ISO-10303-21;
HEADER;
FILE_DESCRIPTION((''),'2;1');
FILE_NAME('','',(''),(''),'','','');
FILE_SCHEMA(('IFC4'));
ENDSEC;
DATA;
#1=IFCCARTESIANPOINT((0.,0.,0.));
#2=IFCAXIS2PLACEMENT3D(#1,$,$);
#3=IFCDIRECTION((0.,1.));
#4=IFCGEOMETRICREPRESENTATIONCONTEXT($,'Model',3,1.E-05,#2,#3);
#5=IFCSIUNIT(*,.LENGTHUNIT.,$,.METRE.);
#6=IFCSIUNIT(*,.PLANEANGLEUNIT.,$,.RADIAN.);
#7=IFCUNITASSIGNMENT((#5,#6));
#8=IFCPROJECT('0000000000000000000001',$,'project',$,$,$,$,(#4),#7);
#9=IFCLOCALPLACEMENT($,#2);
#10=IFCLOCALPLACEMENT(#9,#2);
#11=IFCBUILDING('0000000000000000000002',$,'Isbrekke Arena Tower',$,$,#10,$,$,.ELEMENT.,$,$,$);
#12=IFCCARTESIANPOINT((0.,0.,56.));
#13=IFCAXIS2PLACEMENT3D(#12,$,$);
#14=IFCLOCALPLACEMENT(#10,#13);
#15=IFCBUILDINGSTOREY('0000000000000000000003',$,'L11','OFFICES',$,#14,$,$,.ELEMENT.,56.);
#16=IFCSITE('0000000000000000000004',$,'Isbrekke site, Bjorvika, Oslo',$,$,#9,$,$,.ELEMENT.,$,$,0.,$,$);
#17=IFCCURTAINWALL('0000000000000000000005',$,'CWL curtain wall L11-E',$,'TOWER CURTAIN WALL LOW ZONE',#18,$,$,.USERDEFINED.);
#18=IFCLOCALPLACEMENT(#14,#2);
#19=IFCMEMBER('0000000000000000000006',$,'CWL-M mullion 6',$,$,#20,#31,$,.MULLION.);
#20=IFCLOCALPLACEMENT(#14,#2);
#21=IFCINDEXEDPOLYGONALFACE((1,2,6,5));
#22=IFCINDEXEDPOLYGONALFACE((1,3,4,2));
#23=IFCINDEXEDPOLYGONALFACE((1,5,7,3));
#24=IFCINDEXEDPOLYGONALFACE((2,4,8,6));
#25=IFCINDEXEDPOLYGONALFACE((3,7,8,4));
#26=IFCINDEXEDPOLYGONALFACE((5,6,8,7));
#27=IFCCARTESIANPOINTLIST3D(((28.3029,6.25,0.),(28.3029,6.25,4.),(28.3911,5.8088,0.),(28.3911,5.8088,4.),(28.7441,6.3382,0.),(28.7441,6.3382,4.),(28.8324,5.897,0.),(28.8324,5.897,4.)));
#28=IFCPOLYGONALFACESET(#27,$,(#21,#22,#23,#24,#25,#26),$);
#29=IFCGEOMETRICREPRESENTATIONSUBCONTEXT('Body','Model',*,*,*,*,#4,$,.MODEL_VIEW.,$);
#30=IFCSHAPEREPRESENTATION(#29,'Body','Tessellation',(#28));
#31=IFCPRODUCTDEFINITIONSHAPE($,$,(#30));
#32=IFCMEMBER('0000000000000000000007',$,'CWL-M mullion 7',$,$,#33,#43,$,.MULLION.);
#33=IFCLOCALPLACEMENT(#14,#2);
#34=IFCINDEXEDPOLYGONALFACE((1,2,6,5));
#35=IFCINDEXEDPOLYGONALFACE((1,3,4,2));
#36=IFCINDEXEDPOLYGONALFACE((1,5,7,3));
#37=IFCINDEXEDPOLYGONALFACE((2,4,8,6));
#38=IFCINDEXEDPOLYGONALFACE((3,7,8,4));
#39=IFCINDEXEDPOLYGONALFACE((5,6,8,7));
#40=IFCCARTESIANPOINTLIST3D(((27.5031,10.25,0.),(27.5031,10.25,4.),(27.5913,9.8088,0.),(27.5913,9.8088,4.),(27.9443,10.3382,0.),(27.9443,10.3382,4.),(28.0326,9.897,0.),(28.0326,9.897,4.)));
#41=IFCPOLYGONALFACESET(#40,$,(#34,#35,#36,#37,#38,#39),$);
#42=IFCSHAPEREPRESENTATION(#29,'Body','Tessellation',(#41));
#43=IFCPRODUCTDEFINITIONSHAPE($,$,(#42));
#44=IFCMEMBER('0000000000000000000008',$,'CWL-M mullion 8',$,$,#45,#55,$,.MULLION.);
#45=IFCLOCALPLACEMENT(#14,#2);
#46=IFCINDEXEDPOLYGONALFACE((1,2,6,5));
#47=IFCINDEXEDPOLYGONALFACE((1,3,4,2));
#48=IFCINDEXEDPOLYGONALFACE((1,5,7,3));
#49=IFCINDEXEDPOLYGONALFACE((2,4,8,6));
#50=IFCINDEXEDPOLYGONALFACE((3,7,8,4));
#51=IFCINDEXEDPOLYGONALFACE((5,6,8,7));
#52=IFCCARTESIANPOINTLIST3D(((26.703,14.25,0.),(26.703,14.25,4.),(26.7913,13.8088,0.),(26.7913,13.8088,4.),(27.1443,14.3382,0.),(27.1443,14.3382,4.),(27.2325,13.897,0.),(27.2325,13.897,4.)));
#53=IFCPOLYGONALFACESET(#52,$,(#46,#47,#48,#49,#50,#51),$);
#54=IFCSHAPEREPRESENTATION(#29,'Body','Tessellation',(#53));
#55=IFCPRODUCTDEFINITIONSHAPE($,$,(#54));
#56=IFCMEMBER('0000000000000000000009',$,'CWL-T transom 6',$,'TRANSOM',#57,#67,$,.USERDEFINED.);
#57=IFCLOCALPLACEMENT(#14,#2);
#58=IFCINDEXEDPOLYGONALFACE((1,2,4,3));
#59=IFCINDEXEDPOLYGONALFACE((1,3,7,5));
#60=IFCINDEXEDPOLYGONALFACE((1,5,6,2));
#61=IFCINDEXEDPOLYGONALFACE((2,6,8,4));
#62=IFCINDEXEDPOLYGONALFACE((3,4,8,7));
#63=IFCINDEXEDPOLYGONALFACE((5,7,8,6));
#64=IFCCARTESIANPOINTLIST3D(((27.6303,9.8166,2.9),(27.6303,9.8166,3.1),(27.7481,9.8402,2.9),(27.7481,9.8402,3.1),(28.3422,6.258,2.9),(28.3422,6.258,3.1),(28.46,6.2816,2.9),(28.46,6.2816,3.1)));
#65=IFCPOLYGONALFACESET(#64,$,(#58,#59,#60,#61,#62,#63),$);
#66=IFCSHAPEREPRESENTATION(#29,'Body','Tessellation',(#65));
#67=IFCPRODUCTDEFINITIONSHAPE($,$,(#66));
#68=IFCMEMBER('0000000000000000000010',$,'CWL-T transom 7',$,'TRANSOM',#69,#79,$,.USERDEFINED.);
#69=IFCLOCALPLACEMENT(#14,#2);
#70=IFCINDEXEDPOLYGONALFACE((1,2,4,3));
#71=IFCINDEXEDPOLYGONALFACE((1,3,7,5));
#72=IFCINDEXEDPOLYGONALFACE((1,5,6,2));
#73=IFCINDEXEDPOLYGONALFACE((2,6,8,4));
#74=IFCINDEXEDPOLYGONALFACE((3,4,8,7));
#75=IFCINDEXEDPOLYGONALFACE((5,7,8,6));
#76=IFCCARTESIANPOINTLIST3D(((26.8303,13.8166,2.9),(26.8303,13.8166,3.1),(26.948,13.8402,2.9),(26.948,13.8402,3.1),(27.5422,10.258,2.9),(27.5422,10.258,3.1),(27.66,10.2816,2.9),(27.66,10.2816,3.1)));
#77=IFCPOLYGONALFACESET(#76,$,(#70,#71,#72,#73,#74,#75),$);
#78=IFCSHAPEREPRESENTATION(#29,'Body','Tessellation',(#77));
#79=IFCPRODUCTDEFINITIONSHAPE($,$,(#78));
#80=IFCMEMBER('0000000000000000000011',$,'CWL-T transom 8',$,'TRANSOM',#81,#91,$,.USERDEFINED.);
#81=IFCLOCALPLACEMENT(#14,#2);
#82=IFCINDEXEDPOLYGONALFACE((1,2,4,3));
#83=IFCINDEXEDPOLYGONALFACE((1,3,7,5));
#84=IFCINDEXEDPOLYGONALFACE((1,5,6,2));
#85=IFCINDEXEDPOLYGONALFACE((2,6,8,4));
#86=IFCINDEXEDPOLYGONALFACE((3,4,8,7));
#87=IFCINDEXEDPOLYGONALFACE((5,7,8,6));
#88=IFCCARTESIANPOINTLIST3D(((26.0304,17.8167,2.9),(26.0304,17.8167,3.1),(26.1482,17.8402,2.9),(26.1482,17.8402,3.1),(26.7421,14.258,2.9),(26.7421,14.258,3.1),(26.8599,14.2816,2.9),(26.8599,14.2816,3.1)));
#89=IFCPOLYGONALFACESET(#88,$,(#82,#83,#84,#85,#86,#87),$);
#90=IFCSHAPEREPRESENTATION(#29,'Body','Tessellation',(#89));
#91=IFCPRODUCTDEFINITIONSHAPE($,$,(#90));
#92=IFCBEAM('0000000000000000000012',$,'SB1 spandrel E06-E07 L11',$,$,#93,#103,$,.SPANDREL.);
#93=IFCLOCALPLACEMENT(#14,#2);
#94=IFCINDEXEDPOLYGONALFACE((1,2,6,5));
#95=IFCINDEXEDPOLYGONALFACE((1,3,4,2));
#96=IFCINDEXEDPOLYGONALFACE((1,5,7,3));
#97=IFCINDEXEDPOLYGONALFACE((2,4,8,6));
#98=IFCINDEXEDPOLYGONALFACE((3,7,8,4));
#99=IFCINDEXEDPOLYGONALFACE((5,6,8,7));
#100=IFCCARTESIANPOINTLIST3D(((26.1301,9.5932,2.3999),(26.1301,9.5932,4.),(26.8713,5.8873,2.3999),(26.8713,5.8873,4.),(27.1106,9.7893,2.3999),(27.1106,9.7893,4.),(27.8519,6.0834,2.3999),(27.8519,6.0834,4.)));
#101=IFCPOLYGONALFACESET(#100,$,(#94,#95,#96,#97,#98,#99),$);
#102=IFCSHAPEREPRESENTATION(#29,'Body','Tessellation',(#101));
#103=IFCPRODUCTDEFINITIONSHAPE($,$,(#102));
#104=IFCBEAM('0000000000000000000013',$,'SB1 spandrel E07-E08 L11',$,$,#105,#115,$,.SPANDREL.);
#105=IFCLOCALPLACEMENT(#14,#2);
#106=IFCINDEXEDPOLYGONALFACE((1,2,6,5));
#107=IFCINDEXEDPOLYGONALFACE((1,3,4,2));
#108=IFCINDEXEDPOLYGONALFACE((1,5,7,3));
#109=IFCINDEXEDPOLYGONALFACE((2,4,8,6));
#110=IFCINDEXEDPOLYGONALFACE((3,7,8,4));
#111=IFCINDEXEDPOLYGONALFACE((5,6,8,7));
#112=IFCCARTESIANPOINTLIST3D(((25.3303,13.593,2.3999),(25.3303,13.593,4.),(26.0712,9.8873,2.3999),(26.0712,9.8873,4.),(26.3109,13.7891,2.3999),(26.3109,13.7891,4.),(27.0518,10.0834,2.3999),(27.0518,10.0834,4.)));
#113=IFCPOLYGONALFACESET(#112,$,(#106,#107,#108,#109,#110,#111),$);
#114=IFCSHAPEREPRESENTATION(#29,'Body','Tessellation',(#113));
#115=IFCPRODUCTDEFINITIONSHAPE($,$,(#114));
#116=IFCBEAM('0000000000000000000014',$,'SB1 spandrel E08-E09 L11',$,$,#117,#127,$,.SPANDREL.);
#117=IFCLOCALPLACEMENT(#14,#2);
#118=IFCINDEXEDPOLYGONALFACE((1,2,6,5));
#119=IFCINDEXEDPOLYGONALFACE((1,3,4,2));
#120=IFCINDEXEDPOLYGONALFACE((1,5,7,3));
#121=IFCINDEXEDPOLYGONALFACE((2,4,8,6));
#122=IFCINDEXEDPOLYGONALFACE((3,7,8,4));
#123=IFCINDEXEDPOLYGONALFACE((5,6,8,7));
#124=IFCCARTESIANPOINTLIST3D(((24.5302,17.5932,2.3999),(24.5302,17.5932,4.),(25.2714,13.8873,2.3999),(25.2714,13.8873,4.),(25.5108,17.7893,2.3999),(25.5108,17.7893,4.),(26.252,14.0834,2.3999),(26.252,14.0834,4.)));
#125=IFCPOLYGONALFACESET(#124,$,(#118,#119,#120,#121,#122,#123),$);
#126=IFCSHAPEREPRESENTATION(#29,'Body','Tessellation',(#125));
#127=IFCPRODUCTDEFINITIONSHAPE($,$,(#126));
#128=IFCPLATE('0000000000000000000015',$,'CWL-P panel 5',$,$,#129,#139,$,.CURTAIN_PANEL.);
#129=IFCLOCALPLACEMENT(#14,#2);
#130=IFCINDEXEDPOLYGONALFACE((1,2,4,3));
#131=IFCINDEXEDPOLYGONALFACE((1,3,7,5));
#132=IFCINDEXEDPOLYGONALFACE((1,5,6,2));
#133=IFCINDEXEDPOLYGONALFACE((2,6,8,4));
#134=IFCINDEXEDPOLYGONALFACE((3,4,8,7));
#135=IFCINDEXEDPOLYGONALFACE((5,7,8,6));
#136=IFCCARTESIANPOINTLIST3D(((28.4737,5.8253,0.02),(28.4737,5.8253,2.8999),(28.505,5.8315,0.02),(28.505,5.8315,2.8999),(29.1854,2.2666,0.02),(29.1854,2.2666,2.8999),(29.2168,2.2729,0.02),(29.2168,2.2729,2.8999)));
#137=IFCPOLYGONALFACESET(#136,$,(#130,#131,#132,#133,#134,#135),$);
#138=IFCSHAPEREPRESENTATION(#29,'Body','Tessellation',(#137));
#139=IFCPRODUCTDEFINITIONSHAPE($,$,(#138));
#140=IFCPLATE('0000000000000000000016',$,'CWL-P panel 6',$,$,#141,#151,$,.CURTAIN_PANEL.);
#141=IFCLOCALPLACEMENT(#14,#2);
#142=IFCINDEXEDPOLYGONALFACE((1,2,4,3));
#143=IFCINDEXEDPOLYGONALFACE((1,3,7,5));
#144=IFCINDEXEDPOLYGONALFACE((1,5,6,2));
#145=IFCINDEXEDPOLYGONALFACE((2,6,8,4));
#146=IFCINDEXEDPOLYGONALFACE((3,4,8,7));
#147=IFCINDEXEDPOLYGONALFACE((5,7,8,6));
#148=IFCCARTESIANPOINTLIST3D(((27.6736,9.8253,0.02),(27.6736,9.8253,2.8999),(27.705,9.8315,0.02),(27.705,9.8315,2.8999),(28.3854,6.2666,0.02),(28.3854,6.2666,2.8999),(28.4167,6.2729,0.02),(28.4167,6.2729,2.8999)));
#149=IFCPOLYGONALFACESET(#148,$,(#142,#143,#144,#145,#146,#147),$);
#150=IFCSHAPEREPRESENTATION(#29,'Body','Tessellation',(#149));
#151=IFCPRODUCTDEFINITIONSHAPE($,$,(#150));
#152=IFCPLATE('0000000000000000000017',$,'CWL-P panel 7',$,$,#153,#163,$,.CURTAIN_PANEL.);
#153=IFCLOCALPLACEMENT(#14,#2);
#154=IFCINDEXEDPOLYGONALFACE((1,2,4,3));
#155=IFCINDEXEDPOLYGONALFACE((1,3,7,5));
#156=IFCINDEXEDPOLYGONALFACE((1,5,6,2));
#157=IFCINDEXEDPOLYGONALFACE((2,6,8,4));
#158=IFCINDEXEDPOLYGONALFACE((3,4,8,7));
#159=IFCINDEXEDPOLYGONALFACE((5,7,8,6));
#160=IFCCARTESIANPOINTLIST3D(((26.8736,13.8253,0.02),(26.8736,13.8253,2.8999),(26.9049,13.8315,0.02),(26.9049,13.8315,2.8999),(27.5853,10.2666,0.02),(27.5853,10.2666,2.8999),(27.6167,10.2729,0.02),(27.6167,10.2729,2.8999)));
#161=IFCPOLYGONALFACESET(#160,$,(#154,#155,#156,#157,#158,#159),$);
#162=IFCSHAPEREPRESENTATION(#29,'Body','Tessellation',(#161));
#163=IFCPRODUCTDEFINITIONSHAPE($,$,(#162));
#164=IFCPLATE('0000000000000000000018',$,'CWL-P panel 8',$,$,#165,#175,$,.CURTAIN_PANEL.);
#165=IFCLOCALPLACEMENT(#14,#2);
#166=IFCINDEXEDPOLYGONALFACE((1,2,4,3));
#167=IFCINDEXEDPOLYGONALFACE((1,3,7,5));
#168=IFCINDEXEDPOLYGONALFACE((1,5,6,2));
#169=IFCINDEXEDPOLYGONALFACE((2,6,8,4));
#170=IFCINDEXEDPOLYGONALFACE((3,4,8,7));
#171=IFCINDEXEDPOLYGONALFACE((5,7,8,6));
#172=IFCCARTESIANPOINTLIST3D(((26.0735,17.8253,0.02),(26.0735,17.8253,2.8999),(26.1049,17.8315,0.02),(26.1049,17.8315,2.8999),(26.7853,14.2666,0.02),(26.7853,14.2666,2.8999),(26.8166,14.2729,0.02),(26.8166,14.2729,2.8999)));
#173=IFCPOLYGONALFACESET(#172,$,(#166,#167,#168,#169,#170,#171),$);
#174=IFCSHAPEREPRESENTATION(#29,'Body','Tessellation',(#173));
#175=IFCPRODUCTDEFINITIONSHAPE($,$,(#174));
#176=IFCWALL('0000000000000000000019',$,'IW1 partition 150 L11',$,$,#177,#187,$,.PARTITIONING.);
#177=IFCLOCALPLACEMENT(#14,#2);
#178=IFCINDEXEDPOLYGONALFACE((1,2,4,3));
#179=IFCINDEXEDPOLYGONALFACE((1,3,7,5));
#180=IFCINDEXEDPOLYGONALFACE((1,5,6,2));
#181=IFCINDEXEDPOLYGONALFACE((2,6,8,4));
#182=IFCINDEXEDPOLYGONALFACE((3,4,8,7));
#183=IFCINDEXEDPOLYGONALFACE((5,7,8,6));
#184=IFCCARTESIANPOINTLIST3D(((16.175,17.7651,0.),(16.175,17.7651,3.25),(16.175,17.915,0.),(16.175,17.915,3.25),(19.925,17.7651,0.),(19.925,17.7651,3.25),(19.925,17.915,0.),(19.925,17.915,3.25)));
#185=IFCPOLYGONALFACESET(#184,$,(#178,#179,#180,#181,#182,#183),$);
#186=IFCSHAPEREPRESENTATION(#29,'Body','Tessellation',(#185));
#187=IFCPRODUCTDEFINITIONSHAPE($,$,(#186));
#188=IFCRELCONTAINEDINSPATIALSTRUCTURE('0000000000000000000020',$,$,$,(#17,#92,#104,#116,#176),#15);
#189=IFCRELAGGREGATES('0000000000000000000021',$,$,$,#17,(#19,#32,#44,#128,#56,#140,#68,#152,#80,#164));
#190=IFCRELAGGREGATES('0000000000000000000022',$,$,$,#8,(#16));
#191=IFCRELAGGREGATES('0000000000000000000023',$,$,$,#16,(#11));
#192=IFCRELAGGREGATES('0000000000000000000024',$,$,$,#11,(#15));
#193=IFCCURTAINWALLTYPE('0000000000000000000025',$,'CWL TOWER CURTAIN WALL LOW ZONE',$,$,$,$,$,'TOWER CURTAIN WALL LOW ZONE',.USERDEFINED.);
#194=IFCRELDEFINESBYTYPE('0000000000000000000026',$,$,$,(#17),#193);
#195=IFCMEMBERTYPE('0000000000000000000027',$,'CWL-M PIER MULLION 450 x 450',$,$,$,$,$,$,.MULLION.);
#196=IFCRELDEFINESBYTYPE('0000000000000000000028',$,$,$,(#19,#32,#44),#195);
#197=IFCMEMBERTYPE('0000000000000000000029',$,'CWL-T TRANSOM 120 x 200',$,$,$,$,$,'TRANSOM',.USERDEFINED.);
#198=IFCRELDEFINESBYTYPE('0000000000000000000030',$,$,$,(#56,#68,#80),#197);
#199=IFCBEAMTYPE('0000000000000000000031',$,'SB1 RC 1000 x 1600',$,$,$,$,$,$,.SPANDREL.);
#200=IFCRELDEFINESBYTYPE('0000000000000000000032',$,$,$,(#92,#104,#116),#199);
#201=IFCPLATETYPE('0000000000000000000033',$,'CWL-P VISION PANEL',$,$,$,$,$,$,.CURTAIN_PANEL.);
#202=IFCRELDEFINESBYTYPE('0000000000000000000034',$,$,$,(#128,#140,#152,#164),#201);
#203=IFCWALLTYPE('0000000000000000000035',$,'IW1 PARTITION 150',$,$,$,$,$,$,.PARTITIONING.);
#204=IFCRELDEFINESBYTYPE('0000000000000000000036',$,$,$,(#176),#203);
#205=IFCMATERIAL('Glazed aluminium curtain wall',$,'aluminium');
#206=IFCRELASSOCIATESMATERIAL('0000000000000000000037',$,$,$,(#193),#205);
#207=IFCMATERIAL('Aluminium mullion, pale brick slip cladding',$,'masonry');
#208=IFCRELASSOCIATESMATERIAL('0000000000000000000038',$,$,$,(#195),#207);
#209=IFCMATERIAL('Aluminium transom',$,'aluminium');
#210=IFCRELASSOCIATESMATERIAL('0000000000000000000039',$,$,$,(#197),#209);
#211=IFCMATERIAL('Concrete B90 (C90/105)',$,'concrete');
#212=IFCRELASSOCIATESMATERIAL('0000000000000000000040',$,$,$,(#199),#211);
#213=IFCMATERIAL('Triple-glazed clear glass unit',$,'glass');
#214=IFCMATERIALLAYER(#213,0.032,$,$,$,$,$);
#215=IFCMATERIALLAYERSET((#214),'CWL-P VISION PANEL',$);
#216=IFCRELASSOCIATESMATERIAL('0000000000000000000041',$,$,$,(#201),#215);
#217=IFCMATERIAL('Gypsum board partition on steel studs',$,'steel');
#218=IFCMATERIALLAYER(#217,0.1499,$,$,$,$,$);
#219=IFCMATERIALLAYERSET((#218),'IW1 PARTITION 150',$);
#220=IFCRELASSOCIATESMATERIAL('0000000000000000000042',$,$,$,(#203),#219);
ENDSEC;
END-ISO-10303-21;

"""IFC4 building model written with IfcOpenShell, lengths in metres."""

from ifc_helpers import new_model, si_unit, direction, frame, frame_2d, origin, origin_2d, place, context, subcontext, project, spatial, rectangle, extrude, material, layer, layer_set, material_profile, profile_set, type_object, element, aggregate, save


model = new_model("IFC4")

# Units and contexts
model_context = context("Model", 3, precision=1e-05, world=origin(), true_north=direction((0.0, 1.0)))
body_context = subcontext(model_context, "Body", "Model", "MODEL_VIEW")
ifc_project = project(units=[si_unit("LENGTHUNIT", "METRE"), si_unit("PLANEANGLEUNIT", "RADIAN")], contexts=[model_context])

# Site, building, storey
site_placement = place(None, origin())
site = spatial("IfcSite", under=ifc_project, at=site_placement, Name="Isbrekke site, Bjorvika, Oslo", CompositionType="ELEMENT", RefElevation=0.0)
building_placement = place(site_placement, origin())
building = spatial("IfcBuilding", under=site, at=building_placement, Name="Isbrekke Arena Tower", CompositionType="ELEMENT")
storey_placement = place(building_placement, frame((0.0, 0.0, 56.0)))
storey = spatial("IfcBuildingStorey", under=building, at=storey_placement, Name="L11", Description="OFFICES", CompositionType="ELEMENT", Elevation=56.0)

# Curtain wall, members
ifc_material_1 = material(Name="Glazed aluminium curtain wall", Category="aluminium")
curtain_wall_type = type_object("IfcCurtainWallType", Name="CWL TOWER CURTAIN WALL LOW ZONE", ElementType="TOWER CURTAIN WALL LOW ZONE", PredefinedType="USERDEFINED", material=ifc_material_1)
curtain_wall_placement = place(storey_placement, origin())
curtain_wall = element("IfcCurtainWall", 1, at=curtain_wall_placement, inside=storey, type_object=curtain_wall_type, Name="CWL curtain wall L11-E", ObjectType="TOWER CURTAIN WALL LOW ZONE", PredefinedType="USERDEFINED")
ifc_material_2 = material(Name="Aluminium mullion, pale brick slip cladding", Category="masonry")
ifc_material_profile_1 = material_profile(ifc_material_2, rectangle(XDim=0.45, YDim=0.45, at=origin_2d()), Name="PIER 450X450")
ifc_profile_set_1 = profile_set([ifc_material_profile_1], Name="Aluminium mullion, pale brick slip cladding")
member_type_1 = type_object("IfcMemberType", Name="CWL-M PIER MULLION 450 x 450", PredefinedType="MULLION", material=ifc_profile_set_1)
member_1_placement = place(storey_placement, frame((28.5676, 6.0735, 0.0), z_axis=(0.0, 0.0, 1.0), x_axis=(-0.196116, 0.980581, 0.0)))
member_1 = element("IfcMember", 2, at=member_1_placement, type_object=member_type_1, Name="CWL-M mullion 6", PredefinedType="MULLION", context=body_context, shape_type="SweptSolid", body=[
    extrude(rectangle(XDim=0.45, YDim=0.45, at=origin_2d()), origin(), (0.0, 0.0, 1.0), 4.0),
])
member_2_placement = place(storey_placement, frame((27.7678, 10.0735, 0.0), z_axis=(0.0, 0.0, 1.0), x_axis=(-0.196116, 0.980581, 0.0)))
member_2 = element("IfcMember", 3, at=member_2_placement, type_object=member_type_1, Name="CWL-M mullion 7", PredefinedType="MULLION", context=body_context, shape_type="SweptSolid", body=[
    extrude(rectangle(XDim=0.45, YDim=0.45, at=origin_2d()), origin(), (0.0, 0.0, 1.0), 4.0),
])
member_3_placement = place(storey_placement, frame((26.9678, 14.0735, 0.0), z_axis=(0.0, 0.0, 1.0), x_axis=(-0.196116, 0.980581, 0.0)))
member_3 = element("IfcMember", 4, at=member_3_placement, type_object=member_type_1, Name="CWL-M mullion 8", PredefinedType="MULLION", context=body_context, shape_type="SweptSolid", body=[
    extrude(rectangle(XDim=0.45, YDim=0.45, at=origin_2d()), origin(), (0.0, 0.0, 1.0), 4.0),
])
ifc_material_3 = material(Name="Aluminium transom", Category="aluminium")
ifc_material_profile_2 = material_profile(ifc_material_3, rectangle(XDim=0.1201, YDim=0.2, at=origin_2d()), Name="TRANSOM 120X200")
ifc_profile_set_2 = profile_set([ifc_material_profile_2], Name="Aluminium transom")
member_type_2 = type_object("IfcMemberType", Name="CWL-T TRANSOM 120 x 200", ElementType="TRANSOM", PredefinedType="USERDEFINED", material=ifc_profile_set_2)
member_4_placement = place(storey_placement, frame((28.4011, 6.2698, 3.0), z_axis=(-0.196168, 0.98057, 0.0), x_axis=(-0.98057, -0.196168, 0.0)))
member_4 = element("IfcMember", 5, at=member_4_placement, type_object=member_type_2, Name="CWL-T transom 6", ObjectType="TRANSOM", PredefinedType="USERDEFINED", context=body_context, shape_type="SweptSolid", body=[
    extrude(rectangle(XDim=0.1201, YDim=0.2, at=origin_2d()), origin(), (0.0, 0.0, 1.0), 3.6292),
])
member_5_placement = place(storey_placement, frame((27.6011, 10.2698, 3.0), z_axis=(-0.196168, 0.98057, 0.0), x_axis=(-0.98057, -0.196168, 0.0)))
member_5 = element("IfcMember", 6, at=member_5_placement, type_object=member_type_2, Name="CWL-T transom 7", ObjectType="TRANSOM", PredefinedType="USERDEFINED", context=body_context, shape_type="SweptSolid", body=[
    extrude(rectangle(XDim=0.1201, YDim=0.2, at=origin_2d()), origin(), (0.0, 0.0, 1.0), 3.6292),
])
member_6_placement = place(storey_placement, frame((26.801, 14.2698, 3.0), z_axis=(-0.196103, 0.980583, 0.0), x_axis=(-0.980583, -0.196103, 0.0)))
member_6 = element("IfcMember", 7, at=member_6_placement, type_object=member_type_2, Name="CWL-T transom 8", ObjectType="TRANSOM", PredefinedType="USERDEFINED", context=body_context, shape_type="SweptSolid", body=[
    extrude(rectangle(XDim=0.1201, YDim=0.2, at=origin_2d()), origin(), (0.0, 0.0, 1.0), 3.6292),
])

# Beams
ifc_material_4 = material(Name="Concrete B90 (C90/105)", Category="concrete")
ifc_material_profile_3 = material_profile(ifc_material_4, rectangle(XDim=1.0, YDim=1.6001, at=origin_2d()), Name="RC 1000x1600")
ifc_profile_set_3 = profile_set([ifc_material_profile_3], Name="Concrete B90 (C90/105)")
beam_type_1 = type_object("IfcBeamType", Name="SB1 RC 1000 x 1600", PredefinedType="SPANDREL", material=ifc_profile_set_3)
beam_1_placement = place(storey_placement, frame((27.3616, 5.9854, 3.2), z_axis=(-0.196129, 0.980578, 0.0), x_axis=(-0.980578, -0.196129, 0.0)))
element("IfcBeam", 8, at=beam_1_placement, inside=storey, type_object=beam_type_1, Name="SB1 spandrel E06-E07 L11", PredefinedType="SPANDREL", context=body_context, shape_type="SweptSolid", body=[
    extrude(rectangle(XDim=1.0, YDim=1.6001, at=origin_2d()), origin(), (0.0, 0.0, 1.0), 3.7793),
])
beam_2_placement = place(storey_placement, frame((26.5615, 9.9854, 3.2), z_axis=(-0.196066, 0.980591, 0.0), x_axis=(-0.980591, -0.196066, 0.0)))
element("IfcBeam", 9, at=beam_2_placement, inside=storey, type_object=beam_type_1, Name="SB1 spandrel E07-E08 L11", PredefinedType="SPANDREL", context=body_context, shape_type="SweptSolid", body=[
    extrude(rectangle(XDim=1.0, YDim=1.6001, at=origin_2d()), origin(), (0.0, 0.0, 1.0), 3.7791),
])
beam_3_placement = place(storey_placement, frame((25.7617, 13.9854, 3.2), z_axis=(-0.196129, 0.980578, 0.0), x_axis=(-0.980578, -0.196129, 0.0)))
element("IfcBeam", 10, at=beam_3_placement, inside=storey, type_object=beam_type_1, Name="SB1 spandrel E08-E09 L11", PredefinedType="SPANDREL", context=body_context, shape_type="SweptSolid", body=[
    extrude(rectangle(XDim=1.0, YDim=1.6001, at=origin_2d()), origin(), (0.0, 0.0, 1.0), 3.7793),
])

# Plates
ifc_material_5 = material(Name="Triple-glazed clear glass unit", Category="glass")
ifc_layer_1 = layer(ifc_material_5, 0.032)
ifc_layer_set_1 = layer_set([ifc_layer_1], Name="CWL-P VISION PANEL")
plate_type = type_object("IfcPlateType", Name="CWL-P VISION PANEL", PredefinedType="CURTAIN_PANEL", material=ifc_layer_set_1)
plate_1_placement = place(storey_placement, frame((28.8452, 4.0491, 0.02), z_axis=(0.0, 0.0, 1.0), x_axis=(-0.196116, 0.980581, 0.0)))
plate_1 = element("IfcPlate", 11, at=plate_1_placement, type_object=plate_type, Name="CWL-P panel 5", PredefinedType="CURTAIN_PANEL", context=body_context, shape_type="SweptSolid", body=[
    extrude(rectangle(XDim=3.6292, YDim=0.032, at=origin_2d()), origin(), (0.0, 0.0, 1.0), 2.8799),
])
plate_2_placement = place(storey_placement, frame((28.0452, 8.0491, 0.02), z_axis=(0.0, 0.0, 1.0), x_axis=(-0.196116, 0.980581, 0.0)))
plate_2 = element("IfcPlate", 12, at=plate_2_placement, type_object=plate_type, Name="CWL-P panel 6", PredefinedType="CURTAIN_PANEL", context=body_context, shape_type="SweptSolid", body=[
    extrude(rectangle(XDim=3.6292, YDim=0.032, at=origin_2d()), origin(), (0.0, 0.0, 1.0), 2.8799),
])
plate_3_placement = place(storey_placement, frame((27.2451, 12.0491, 0.02), z_axis=(0.0, 0.0, 1.0), x_axis=(-0.196116, 0.980581, 0.0)))
plate_3 = element("IfcPlate", 13, at=plate_3_placement, type_object=plate_type, Name="CWL-P panel 7", PredefinedType="CURTAIN_PANEL", context=body_context, shape_type="SweptSolid", body=[
    extrude(rectangle(XDim=3.6292, YDim=0.032, at=origin_2d()), origin(), (0.0, 0.0, 1.0), 2.8799),
])
plate_4_placement = place(storey_placement, frame((26.4451, 16.0491, 0.02), z_axis=(0.0, 0.0, 1.0), x_axis=(-0.196116, 0.980581, 0.0)))
plate_4 = element("IfcPlate", 14, at=plate_4_placement, type_object=plate_type, Name="CWL-P panel 8", PredefinedType="CURTAIN_PANEL", context=body_context, shape_type="SweptSolid", body=[
    extrude(rectangle(XDim=3.6292, YDim=0.032, at=origin_2d()), origin(), (0.0, 0.0, 1.0), 2.8799),
])
aggregate(curtain_wall, [member_1, member_2, member_3, plate_1, member_4, plate_2, member_5, plate_3, member_6, plate_4])

# Wall
ifc_material_6 = material(Name="Gypsum board partition on steel studs", Category="steel")
ifc_layer_2 = layer(ifc_material_6, 0.1499)
ifc_layer_set_2 = layer_set([ifc_layer_2], Name="IW1 PARTITION 150")
wall_type_1 = type_object("IfcWallType", Name="IW1 PARTITION 150", PredefinedType="PARTITIONING", material=ifc_layer_set_2)
wall_1_placement = place(storey_placement, frame((16.175, 17.8401, 0.0), z_axis=(0.0, 0.0, 1.0), x_axis=(1.0, 0.0, 0.0)))
element("IfcWall", 15, at=wall_1_placement, inside=storey, type_object=wall_type_1, Name="IW1 partition 150 L11", PredefinedType="PARTITIONING", context=body_context, shape_type="SweptSolid", body=[
    extrude(rectangle(XDim=3.75, YDim=0.1499, at=frame_2d((1.875, 0.0))), origin(), (0.0, 0.0, 1.0), 3.25),
])

save(model, "model.ifc")
